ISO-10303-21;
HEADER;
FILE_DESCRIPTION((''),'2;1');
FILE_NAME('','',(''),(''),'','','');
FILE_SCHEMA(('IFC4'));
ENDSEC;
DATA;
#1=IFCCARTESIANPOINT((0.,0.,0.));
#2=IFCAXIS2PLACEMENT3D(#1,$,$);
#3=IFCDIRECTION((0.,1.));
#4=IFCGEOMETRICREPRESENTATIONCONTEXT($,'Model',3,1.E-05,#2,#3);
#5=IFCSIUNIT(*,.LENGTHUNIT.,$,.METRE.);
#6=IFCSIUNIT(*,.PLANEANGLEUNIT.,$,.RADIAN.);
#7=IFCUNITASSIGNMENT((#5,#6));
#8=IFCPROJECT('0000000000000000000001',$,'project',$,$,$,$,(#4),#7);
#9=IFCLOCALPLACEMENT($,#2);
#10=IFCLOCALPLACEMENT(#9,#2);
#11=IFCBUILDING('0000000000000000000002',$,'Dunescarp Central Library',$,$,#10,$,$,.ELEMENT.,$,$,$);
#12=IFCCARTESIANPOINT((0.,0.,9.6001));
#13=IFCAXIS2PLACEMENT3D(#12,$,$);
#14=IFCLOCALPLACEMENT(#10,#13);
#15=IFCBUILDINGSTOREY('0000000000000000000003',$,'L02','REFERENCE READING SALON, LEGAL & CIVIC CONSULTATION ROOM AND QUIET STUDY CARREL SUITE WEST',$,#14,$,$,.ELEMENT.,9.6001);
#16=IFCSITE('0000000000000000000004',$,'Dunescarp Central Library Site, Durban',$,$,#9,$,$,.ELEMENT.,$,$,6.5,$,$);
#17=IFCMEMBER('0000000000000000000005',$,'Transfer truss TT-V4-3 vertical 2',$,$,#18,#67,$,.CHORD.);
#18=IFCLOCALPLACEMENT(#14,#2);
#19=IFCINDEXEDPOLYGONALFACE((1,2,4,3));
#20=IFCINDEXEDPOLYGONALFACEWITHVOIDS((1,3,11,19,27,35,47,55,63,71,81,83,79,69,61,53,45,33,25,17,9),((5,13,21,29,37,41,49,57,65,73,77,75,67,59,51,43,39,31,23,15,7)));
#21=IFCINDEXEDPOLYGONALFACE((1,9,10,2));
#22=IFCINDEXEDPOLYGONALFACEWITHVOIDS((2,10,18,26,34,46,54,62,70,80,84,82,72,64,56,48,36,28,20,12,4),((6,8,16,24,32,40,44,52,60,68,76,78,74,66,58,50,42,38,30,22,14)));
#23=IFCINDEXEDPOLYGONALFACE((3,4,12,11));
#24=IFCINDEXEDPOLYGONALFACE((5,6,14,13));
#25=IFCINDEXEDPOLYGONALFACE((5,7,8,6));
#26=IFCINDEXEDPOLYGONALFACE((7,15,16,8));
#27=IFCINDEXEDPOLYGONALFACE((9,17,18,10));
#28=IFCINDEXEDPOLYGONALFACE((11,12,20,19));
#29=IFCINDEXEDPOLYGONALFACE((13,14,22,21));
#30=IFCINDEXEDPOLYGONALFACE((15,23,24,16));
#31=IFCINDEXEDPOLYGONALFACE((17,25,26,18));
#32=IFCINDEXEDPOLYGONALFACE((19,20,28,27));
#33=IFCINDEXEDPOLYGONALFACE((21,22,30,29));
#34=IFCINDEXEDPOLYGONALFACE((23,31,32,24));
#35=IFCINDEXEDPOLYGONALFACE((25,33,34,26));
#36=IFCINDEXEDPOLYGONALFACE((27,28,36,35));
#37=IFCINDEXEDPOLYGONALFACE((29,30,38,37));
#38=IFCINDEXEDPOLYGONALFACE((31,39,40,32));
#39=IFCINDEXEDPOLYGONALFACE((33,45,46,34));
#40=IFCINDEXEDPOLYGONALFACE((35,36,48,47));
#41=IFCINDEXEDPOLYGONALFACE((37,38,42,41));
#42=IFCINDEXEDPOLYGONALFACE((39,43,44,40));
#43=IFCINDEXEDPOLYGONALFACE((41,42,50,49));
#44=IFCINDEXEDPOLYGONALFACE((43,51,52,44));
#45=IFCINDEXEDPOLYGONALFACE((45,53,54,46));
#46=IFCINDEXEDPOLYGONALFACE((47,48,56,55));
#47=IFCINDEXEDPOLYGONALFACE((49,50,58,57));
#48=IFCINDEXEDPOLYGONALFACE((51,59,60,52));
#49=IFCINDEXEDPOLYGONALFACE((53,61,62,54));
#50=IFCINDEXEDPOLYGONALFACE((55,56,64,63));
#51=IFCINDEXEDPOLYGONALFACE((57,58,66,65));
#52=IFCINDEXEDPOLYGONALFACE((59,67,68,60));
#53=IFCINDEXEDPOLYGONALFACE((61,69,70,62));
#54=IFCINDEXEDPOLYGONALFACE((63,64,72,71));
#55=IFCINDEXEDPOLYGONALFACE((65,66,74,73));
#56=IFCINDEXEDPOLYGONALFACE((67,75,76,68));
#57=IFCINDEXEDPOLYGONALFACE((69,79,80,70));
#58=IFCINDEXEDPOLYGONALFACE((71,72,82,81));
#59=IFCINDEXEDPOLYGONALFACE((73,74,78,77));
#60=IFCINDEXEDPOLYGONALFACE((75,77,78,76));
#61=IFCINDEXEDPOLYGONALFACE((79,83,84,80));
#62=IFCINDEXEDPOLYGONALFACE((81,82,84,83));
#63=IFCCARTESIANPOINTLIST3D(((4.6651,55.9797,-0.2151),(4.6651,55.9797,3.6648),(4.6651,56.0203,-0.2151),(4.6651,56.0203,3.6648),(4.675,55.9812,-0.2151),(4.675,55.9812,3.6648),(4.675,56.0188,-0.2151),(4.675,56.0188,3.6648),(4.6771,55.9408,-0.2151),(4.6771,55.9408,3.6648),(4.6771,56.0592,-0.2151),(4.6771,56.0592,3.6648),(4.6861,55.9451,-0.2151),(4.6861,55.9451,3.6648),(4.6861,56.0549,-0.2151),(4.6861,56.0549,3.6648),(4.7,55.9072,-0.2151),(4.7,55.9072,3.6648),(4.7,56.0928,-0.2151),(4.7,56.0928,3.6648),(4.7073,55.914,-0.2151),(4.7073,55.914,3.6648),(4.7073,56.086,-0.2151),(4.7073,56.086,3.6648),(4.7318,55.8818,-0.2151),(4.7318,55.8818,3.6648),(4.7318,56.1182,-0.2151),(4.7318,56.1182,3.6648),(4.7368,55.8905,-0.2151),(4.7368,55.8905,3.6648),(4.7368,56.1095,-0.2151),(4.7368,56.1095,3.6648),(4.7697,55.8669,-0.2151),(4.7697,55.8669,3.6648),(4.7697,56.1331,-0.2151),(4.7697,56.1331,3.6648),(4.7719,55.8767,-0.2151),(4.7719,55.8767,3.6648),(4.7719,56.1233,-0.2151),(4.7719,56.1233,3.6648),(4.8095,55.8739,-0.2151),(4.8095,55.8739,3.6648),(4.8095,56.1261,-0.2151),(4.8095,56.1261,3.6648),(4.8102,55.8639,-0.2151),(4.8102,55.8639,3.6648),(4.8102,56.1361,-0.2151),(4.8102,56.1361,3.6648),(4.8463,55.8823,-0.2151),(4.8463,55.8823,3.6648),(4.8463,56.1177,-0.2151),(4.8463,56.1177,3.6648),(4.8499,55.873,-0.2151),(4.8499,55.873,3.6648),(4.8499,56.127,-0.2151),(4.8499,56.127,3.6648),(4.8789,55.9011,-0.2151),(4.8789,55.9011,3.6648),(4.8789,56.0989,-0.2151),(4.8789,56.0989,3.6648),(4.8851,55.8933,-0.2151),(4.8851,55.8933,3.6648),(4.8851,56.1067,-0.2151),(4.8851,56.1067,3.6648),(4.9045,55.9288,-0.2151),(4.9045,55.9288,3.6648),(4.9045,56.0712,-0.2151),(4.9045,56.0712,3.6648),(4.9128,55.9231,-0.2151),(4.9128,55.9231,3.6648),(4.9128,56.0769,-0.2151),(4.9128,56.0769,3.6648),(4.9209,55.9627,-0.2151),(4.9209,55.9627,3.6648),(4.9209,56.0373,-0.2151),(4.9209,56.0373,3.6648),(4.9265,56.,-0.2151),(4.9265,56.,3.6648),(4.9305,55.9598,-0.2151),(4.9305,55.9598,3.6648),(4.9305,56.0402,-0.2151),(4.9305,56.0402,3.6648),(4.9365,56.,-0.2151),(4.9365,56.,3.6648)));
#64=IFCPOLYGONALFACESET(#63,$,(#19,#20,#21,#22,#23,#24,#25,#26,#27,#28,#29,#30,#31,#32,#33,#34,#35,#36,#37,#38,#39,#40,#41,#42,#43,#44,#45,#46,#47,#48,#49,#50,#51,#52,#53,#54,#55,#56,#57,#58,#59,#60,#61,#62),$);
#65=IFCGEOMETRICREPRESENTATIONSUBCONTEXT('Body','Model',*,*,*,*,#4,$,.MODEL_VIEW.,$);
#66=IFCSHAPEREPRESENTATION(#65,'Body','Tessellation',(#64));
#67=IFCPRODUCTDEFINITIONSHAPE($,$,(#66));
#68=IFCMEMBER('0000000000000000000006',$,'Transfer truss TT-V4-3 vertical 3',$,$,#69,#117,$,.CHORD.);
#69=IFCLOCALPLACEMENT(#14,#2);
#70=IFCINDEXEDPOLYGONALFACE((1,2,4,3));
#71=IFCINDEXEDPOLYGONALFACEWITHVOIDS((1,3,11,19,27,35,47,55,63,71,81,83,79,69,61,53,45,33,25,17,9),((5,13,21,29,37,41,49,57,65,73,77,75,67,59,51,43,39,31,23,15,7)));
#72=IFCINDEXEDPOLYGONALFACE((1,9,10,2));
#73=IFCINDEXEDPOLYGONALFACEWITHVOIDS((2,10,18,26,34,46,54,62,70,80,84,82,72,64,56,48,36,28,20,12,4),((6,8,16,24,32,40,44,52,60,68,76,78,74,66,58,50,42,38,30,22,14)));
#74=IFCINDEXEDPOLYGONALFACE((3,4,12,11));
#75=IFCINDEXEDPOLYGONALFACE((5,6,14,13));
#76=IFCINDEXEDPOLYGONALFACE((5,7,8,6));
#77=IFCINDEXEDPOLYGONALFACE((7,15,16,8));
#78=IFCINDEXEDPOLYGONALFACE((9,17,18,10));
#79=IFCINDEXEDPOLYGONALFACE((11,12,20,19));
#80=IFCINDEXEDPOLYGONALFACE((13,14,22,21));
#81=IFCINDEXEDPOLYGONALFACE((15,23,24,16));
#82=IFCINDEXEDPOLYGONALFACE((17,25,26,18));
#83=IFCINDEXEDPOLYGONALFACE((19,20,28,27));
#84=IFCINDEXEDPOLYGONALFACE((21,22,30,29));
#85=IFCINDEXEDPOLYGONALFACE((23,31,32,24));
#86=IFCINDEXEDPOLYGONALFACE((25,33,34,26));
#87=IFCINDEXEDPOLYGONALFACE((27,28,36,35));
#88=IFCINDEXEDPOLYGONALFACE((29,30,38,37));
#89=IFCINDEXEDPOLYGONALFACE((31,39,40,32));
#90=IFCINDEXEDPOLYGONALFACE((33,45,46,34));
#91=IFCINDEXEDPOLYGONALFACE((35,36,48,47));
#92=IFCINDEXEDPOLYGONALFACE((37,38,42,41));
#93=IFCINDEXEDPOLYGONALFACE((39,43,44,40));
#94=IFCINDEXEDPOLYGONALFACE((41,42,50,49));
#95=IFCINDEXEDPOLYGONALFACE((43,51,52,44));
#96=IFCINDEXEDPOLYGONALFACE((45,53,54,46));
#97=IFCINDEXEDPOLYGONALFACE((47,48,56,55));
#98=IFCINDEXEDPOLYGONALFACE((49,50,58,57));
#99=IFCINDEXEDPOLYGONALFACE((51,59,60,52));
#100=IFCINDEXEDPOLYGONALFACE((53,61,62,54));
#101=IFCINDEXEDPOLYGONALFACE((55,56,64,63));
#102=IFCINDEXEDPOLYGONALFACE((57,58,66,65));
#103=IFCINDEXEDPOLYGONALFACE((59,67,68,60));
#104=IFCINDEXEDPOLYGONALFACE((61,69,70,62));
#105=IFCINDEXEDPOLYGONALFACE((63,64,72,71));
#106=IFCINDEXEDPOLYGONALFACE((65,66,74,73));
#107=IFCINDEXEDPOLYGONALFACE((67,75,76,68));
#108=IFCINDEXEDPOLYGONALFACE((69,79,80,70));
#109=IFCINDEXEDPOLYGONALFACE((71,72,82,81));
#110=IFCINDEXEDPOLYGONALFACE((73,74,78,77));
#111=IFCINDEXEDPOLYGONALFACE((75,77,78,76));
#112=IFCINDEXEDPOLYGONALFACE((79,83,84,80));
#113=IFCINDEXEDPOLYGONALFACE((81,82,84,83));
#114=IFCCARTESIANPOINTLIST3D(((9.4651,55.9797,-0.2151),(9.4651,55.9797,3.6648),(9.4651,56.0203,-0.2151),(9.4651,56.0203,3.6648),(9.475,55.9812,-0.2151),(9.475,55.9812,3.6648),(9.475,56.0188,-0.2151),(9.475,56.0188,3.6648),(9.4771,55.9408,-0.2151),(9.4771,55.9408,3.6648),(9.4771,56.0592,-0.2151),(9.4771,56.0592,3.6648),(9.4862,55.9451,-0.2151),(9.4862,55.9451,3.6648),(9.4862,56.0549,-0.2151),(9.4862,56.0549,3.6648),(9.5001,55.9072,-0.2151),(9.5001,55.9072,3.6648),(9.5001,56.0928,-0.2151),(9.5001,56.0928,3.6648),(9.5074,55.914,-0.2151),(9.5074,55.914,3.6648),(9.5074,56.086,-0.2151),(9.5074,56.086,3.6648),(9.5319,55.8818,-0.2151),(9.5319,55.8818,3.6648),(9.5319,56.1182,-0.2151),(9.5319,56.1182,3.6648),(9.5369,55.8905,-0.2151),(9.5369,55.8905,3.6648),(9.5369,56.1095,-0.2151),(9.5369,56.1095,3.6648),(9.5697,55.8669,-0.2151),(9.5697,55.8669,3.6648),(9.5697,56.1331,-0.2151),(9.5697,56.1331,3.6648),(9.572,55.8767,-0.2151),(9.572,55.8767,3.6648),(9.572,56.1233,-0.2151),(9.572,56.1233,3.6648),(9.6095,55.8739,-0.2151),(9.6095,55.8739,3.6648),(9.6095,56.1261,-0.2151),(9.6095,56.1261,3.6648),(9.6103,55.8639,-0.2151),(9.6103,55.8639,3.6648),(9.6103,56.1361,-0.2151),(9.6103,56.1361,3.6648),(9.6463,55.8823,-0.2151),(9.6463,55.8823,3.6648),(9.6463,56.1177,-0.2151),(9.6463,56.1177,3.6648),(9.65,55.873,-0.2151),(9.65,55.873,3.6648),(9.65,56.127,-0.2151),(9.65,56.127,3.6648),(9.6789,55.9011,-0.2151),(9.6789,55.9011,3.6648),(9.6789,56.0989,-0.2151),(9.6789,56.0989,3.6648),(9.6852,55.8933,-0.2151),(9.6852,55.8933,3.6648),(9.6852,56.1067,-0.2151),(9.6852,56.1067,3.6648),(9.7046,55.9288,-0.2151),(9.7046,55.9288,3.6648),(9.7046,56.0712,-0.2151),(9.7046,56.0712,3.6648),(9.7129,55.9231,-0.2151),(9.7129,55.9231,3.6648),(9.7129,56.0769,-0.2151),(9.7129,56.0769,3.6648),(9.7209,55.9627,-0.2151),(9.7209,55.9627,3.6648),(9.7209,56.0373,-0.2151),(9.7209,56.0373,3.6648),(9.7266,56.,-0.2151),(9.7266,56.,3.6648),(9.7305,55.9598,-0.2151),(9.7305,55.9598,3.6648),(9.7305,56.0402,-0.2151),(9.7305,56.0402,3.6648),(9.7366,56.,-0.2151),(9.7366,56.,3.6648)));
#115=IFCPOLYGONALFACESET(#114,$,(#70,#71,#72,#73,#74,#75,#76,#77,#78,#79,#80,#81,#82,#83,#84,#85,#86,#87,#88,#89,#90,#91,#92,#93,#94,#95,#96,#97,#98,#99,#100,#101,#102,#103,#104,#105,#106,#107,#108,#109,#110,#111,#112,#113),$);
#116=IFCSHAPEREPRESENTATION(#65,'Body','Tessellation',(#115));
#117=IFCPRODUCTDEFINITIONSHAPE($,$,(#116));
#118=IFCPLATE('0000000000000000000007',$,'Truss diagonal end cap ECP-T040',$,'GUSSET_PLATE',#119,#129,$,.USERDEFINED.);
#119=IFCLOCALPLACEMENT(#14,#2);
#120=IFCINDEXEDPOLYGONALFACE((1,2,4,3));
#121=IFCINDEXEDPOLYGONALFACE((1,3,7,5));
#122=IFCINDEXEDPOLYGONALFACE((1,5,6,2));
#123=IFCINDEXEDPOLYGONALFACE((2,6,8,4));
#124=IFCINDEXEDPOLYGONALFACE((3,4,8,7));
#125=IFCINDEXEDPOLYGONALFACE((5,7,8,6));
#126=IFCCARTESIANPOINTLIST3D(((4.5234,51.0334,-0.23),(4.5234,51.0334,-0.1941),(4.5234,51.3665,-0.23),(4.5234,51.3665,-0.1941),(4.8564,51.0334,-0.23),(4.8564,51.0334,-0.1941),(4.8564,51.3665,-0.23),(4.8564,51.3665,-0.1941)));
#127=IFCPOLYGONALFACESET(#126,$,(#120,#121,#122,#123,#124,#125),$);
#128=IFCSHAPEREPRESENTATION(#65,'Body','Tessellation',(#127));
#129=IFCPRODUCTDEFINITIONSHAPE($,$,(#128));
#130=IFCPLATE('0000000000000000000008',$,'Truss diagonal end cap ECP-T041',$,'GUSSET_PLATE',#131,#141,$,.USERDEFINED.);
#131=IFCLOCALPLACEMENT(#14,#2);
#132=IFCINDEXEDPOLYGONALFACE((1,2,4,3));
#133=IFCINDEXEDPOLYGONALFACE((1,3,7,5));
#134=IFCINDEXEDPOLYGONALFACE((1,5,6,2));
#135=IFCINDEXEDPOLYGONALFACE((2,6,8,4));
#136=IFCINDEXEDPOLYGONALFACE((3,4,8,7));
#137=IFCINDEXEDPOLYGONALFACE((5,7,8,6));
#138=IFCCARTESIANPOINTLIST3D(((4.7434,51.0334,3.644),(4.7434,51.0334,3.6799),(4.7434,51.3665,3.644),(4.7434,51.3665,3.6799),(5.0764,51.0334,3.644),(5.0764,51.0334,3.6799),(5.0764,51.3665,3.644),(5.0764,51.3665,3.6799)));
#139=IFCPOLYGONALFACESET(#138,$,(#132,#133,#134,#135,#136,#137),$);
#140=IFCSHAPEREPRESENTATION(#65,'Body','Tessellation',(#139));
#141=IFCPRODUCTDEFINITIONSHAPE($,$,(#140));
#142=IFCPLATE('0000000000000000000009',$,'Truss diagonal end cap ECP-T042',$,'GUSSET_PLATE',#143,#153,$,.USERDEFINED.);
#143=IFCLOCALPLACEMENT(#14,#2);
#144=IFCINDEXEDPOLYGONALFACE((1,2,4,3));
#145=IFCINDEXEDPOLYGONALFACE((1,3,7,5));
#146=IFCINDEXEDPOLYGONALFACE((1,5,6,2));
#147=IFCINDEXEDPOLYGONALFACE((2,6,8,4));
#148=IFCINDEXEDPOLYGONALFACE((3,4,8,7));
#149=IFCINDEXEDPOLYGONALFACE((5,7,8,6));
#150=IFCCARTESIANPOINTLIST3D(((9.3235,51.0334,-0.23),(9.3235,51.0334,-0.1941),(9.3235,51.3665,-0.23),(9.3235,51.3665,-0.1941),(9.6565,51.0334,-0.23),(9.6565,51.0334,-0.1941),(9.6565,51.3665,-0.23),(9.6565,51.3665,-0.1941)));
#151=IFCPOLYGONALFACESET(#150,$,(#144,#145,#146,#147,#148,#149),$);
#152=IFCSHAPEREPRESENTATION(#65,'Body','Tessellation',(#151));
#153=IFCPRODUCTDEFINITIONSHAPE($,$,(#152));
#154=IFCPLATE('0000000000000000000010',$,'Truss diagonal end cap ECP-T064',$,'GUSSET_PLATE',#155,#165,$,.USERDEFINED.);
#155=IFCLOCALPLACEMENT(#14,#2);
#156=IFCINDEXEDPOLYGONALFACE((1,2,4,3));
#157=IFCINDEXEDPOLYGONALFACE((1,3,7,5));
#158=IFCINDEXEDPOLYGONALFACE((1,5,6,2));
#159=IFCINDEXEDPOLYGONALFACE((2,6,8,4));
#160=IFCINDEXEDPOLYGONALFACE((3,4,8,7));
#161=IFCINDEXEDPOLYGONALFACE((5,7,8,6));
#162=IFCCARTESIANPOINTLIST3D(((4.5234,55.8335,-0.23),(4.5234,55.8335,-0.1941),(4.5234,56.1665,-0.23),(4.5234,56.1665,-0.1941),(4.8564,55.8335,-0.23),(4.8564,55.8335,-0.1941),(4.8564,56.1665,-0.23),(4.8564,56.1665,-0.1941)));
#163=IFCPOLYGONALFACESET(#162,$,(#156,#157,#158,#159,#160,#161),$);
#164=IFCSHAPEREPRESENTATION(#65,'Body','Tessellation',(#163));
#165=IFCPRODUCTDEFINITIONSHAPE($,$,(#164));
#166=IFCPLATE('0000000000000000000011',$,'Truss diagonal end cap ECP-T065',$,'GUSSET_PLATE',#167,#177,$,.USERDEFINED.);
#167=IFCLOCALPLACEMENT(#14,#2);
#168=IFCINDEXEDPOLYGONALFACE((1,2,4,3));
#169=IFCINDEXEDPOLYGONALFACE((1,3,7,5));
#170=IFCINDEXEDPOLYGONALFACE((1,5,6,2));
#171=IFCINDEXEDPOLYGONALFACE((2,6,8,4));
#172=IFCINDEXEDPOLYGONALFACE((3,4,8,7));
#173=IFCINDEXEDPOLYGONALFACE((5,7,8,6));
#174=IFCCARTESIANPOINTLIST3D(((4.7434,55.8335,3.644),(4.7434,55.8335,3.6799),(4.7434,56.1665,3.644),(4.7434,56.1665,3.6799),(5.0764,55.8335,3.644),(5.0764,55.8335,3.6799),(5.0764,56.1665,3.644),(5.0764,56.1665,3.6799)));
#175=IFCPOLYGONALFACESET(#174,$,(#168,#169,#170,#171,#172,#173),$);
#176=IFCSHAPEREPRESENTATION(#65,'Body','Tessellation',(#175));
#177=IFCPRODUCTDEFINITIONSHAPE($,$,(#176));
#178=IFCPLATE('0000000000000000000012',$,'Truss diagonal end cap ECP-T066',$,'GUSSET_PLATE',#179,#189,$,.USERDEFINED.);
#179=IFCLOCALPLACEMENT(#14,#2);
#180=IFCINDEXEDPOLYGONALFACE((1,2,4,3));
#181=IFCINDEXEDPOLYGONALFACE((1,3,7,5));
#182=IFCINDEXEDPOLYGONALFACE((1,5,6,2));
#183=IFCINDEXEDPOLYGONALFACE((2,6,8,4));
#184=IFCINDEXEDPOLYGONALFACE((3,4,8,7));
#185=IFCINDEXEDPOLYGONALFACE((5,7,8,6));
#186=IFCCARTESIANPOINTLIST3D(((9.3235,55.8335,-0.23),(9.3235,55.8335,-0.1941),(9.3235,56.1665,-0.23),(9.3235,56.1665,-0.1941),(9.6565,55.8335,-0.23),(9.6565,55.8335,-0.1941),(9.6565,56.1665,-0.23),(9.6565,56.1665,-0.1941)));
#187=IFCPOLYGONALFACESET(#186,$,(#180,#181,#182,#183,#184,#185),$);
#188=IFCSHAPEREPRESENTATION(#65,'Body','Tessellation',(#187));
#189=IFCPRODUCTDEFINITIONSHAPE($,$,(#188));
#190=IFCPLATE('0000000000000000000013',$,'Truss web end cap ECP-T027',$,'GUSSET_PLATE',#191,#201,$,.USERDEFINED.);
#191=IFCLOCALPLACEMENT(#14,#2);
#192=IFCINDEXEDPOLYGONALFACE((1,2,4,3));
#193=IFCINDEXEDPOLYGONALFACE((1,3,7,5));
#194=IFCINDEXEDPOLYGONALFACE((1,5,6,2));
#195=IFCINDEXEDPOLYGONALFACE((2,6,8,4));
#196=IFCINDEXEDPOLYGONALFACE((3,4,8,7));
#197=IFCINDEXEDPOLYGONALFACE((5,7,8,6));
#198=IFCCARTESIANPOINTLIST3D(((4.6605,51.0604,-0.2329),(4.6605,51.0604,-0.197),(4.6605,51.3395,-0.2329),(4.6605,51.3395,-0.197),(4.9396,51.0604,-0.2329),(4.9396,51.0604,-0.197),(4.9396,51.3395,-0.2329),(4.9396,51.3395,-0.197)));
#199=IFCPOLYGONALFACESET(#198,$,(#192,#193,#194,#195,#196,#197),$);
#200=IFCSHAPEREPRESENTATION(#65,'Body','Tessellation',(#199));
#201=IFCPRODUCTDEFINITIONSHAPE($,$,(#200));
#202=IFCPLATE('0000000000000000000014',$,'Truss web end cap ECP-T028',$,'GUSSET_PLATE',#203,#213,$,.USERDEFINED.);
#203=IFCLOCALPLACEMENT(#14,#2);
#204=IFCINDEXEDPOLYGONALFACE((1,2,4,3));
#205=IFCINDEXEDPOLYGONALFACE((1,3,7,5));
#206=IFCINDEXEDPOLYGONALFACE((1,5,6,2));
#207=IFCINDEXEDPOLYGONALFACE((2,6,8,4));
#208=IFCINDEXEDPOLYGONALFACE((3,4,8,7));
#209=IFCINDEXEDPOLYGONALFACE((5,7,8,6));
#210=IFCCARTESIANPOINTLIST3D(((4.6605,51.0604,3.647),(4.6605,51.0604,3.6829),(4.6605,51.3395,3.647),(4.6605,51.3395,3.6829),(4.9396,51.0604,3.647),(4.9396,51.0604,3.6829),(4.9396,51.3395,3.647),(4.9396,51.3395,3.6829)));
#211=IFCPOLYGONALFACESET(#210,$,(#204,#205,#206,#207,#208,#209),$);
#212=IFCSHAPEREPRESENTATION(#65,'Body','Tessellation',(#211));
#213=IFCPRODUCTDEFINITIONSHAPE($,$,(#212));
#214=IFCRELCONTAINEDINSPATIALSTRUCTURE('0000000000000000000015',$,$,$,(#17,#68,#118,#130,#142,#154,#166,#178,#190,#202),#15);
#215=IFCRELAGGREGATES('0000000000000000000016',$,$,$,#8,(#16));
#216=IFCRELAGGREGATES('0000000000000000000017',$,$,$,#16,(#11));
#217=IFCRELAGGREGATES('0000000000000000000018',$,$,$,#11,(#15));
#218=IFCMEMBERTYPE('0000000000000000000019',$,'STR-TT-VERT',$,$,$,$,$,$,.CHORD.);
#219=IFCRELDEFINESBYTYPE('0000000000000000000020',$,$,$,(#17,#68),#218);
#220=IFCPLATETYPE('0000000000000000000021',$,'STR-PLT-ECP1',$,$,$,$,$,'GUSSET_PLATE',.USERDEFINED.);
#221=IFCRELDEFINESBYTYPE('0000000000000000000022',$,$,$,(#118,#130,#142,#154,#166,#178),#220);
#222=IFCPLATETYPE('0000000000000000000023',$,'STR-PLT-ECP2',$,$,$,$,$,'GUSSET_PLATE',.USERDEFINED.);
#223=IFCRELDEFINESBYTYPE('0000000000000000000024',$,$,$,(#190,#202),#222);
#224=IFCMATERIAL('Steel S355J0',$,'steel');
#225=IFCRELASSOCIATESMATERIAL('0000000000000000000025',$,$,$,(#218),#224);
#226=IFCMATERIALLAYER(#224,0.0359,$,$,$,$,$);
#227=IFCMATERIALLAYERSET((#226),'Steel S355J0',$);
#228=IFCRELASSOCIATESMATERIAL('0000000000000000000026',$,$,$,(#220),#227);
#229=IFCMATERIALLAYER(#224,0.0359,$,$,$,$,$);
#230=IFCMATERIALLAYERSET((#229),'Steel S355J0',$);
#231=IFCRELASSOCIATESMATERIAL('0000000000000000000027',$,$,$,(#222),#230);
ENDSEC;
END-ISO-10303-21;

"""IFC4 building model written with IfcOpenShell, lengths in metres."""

from ifc_helpers import new_model, si_unit, direction, frame, origin, origin_2d, place, context, subcontext, project, spatial, rectangle, hollow_circle, extrude, material, layer, layer_set, material_profile, profile_set, type_object, element, save


model = new_model("IFC4")

# Units and contexts
model_context = context("Model", 3, precision=1e-05, world=origin(), true_north=direction((0.0, 1.0)))
body_context = subcontext(model_context, "Body", "Model", "MODEL_VIEW")
ifc_project = project(units=[si_unit("LENGTHUNIT", "METRE"), si_unit("PLANEANGLEUNIT", "RADIAN")], contexts=[model_context])

# Site, building, storey
site_placement = place(None, origin())
site = spatial("IfcSite", under=ifc_project, at=site_placement, Name="Dunescarp Central Library Site, Durban", CompositionType="ELEMENT", RefElevation=6.5)
building_placement = place(site_placement, origin())
building = spatial("IfcBuilding", under=site, at=building_placement, Name="Dunescarp Central Library", CompositionType="ELEMENT")
storey_placement = place(building_placement, frame((0.0, 0.0, 9.6001)))
storey = spatial("IfcBuildingStorey", under=building, at=storey_placement, Name="L02", Description="REFERENCE READING SALON, LEGAL & CIVIC CONSULTATION ROOM AND QUIET STUDY CARREL SUITE WEST", CompositionType="ELEMENT", Elevation=9.6001)

# Members
ifc_material_1 = material(Name="Steel S355J0", Category="steel")
ifc_material_profile_1 = material_profile(ifc_material_1, hollow_circle(Radius=0.1365, WallThickness=0.01, at=origin_2d()), Name="CHS 273x10")
ifc_profile_set_1 = profile_set([ifc_material_profile_1], Name="Steel S355J0")
member_type_1 = type_object("IfcMemberType", Name="STR-TT-VERT", PredefinedType="CHORD", material=ifc_profile_set_1)
for number, where, z_axis, x_axis, name in (
    (1, (4.8, 56.0, -0.2151), (0.0, 0.0, 1.0), (1.0, 0.0, 0.0), "Transfer truss TT-V4-3 vertical 2"),
    (2, (9.6001, 56.0, -0.2151), (0.0, 0.0, 1.0), (1.0, 0.0, 0.0), "Transfer truss TT-V4-3 vertical 3"),
):
    element("IfcMember", number, at=place(storey_placement, frame(where, z_axis=z_axis, x_axis=x_axis)), inside=storey, type_object=member_type_1, Name=name, PredefinedType="CHORD", context=body_context, shape_type="SweptSolid", body=[
        extrude(hollow_circle(Radius=0.1365, WallThickness=0.01, at=origin_2d()), origin(), (0.0, 0.0, 1.0), 3.8799),
    ])

# Plates
ifc_layer_1 = layer(ifc_material_1, 0.0359)
ifc_layer_set_1 = layer_set([ifc_layer_1], Name="Steel S355J0")
plate_type_1 = type_object("IfcPlateType", Name="STR-PLT-ECP1", ElementType="GUSSET_PLATE", PredefinedType="USERDEFINED", material=ifc_layer_set_1)
for number, where, z_axis, x_axis, name in (
    (3, (4.6899, 51.2, -0.23), (0.0, 0.0, 1.0), (1.0, 0.0, 0.0), "Truss diagonal end cap ECP-T040"),
    (4, (4.9099, 51.2, 3.644), (0.0, 0.0, 1.0), (1.0, 0.0, 0.0), "Truss diagonal end cap ECP-T041"),
    (5, (9.49, 51.2, -0.23), (0.0, 0.0, 1.0), (1.0, 0.0, 0.0), "Truss diagonal end cap ECP-T042"),
    (6, (4.6899, 56.0, -0.23), (0.0, 0.0, 1.0), (1.0, 0.0, 0.0), "Truss diagonal end cap ECP-T064"),
    (7, (4.9099, 56.0, 3.644), (0.0, 0.0, 1.0), (1.0, 0.0, 0.0), "Truss diagonal end cap ECP-T065"),
    (8, (9.49, 56.0, -0.23), (0.0, 0.0, 1.0), (1.0, 0.0, 0.0), "Truss diagonal end cap ECP-T066"),
):
    element("IfcPlate", number, at=place(storey_placement, frame(where, z_axis=z_axis, x_axis=x_axis)), inside=storey, type_object=plate_type_1, Name=name, ObjectType="GUSSET_PLATE", PredefinedType="USERDEFINED", context=body_context, shape_type="SweptSolid", body=[
        extrude(rectangle(XDim=0.333, YDim=0.333, at=origin_2d()), origin(), (0.0, 0.0, 1.0), 0.0359),
    ])
ifc_layer_2 = layer(ifc_material_1, 0.0359)
ifc_layer_set_2 = layer_set([ifc_layer_2], Name="Steel S355J0")
plate_type_2 = type_object("IfcPlateType", Name="STR-PLT-ECP2", ElementType="GUSSET_PLATE", PredefinedType="USERDEFINED", material=ifc_layer_set_2)
for number, where, z_axis, x_axis, name in (
    (9, (4.8, 51.2, -0.2329), (0.0, 0.0, 1.0), (1.0, 0.0, 0.0), "Truss web end cap ECP-T027"),
    (10, (4.8, 51.2, 3.647), (0.0, 0.0, 1.0), (1.0, 0.0, 0.0), "Truss web end cap ECP-T028"),
):
    element("IfcPlate", number, at=place(storey_placement, frame(where, z_axis=z_axis, x_axis=x_axis)), inside=storey, type_object=plate_type_2, Name=name, ObjectType="GUSSET_PLATE", PredefinedType="USERDEFINED", context=body_context, shape_type="SweptSolid", body=[
        extrude(rectangle(XDim=0.2791, YDim=0.2791, at=origin_2d()), origin(), (0.0, 0.0, 1.0), 0.0359),
    ])

save(model, "model.ifc")
